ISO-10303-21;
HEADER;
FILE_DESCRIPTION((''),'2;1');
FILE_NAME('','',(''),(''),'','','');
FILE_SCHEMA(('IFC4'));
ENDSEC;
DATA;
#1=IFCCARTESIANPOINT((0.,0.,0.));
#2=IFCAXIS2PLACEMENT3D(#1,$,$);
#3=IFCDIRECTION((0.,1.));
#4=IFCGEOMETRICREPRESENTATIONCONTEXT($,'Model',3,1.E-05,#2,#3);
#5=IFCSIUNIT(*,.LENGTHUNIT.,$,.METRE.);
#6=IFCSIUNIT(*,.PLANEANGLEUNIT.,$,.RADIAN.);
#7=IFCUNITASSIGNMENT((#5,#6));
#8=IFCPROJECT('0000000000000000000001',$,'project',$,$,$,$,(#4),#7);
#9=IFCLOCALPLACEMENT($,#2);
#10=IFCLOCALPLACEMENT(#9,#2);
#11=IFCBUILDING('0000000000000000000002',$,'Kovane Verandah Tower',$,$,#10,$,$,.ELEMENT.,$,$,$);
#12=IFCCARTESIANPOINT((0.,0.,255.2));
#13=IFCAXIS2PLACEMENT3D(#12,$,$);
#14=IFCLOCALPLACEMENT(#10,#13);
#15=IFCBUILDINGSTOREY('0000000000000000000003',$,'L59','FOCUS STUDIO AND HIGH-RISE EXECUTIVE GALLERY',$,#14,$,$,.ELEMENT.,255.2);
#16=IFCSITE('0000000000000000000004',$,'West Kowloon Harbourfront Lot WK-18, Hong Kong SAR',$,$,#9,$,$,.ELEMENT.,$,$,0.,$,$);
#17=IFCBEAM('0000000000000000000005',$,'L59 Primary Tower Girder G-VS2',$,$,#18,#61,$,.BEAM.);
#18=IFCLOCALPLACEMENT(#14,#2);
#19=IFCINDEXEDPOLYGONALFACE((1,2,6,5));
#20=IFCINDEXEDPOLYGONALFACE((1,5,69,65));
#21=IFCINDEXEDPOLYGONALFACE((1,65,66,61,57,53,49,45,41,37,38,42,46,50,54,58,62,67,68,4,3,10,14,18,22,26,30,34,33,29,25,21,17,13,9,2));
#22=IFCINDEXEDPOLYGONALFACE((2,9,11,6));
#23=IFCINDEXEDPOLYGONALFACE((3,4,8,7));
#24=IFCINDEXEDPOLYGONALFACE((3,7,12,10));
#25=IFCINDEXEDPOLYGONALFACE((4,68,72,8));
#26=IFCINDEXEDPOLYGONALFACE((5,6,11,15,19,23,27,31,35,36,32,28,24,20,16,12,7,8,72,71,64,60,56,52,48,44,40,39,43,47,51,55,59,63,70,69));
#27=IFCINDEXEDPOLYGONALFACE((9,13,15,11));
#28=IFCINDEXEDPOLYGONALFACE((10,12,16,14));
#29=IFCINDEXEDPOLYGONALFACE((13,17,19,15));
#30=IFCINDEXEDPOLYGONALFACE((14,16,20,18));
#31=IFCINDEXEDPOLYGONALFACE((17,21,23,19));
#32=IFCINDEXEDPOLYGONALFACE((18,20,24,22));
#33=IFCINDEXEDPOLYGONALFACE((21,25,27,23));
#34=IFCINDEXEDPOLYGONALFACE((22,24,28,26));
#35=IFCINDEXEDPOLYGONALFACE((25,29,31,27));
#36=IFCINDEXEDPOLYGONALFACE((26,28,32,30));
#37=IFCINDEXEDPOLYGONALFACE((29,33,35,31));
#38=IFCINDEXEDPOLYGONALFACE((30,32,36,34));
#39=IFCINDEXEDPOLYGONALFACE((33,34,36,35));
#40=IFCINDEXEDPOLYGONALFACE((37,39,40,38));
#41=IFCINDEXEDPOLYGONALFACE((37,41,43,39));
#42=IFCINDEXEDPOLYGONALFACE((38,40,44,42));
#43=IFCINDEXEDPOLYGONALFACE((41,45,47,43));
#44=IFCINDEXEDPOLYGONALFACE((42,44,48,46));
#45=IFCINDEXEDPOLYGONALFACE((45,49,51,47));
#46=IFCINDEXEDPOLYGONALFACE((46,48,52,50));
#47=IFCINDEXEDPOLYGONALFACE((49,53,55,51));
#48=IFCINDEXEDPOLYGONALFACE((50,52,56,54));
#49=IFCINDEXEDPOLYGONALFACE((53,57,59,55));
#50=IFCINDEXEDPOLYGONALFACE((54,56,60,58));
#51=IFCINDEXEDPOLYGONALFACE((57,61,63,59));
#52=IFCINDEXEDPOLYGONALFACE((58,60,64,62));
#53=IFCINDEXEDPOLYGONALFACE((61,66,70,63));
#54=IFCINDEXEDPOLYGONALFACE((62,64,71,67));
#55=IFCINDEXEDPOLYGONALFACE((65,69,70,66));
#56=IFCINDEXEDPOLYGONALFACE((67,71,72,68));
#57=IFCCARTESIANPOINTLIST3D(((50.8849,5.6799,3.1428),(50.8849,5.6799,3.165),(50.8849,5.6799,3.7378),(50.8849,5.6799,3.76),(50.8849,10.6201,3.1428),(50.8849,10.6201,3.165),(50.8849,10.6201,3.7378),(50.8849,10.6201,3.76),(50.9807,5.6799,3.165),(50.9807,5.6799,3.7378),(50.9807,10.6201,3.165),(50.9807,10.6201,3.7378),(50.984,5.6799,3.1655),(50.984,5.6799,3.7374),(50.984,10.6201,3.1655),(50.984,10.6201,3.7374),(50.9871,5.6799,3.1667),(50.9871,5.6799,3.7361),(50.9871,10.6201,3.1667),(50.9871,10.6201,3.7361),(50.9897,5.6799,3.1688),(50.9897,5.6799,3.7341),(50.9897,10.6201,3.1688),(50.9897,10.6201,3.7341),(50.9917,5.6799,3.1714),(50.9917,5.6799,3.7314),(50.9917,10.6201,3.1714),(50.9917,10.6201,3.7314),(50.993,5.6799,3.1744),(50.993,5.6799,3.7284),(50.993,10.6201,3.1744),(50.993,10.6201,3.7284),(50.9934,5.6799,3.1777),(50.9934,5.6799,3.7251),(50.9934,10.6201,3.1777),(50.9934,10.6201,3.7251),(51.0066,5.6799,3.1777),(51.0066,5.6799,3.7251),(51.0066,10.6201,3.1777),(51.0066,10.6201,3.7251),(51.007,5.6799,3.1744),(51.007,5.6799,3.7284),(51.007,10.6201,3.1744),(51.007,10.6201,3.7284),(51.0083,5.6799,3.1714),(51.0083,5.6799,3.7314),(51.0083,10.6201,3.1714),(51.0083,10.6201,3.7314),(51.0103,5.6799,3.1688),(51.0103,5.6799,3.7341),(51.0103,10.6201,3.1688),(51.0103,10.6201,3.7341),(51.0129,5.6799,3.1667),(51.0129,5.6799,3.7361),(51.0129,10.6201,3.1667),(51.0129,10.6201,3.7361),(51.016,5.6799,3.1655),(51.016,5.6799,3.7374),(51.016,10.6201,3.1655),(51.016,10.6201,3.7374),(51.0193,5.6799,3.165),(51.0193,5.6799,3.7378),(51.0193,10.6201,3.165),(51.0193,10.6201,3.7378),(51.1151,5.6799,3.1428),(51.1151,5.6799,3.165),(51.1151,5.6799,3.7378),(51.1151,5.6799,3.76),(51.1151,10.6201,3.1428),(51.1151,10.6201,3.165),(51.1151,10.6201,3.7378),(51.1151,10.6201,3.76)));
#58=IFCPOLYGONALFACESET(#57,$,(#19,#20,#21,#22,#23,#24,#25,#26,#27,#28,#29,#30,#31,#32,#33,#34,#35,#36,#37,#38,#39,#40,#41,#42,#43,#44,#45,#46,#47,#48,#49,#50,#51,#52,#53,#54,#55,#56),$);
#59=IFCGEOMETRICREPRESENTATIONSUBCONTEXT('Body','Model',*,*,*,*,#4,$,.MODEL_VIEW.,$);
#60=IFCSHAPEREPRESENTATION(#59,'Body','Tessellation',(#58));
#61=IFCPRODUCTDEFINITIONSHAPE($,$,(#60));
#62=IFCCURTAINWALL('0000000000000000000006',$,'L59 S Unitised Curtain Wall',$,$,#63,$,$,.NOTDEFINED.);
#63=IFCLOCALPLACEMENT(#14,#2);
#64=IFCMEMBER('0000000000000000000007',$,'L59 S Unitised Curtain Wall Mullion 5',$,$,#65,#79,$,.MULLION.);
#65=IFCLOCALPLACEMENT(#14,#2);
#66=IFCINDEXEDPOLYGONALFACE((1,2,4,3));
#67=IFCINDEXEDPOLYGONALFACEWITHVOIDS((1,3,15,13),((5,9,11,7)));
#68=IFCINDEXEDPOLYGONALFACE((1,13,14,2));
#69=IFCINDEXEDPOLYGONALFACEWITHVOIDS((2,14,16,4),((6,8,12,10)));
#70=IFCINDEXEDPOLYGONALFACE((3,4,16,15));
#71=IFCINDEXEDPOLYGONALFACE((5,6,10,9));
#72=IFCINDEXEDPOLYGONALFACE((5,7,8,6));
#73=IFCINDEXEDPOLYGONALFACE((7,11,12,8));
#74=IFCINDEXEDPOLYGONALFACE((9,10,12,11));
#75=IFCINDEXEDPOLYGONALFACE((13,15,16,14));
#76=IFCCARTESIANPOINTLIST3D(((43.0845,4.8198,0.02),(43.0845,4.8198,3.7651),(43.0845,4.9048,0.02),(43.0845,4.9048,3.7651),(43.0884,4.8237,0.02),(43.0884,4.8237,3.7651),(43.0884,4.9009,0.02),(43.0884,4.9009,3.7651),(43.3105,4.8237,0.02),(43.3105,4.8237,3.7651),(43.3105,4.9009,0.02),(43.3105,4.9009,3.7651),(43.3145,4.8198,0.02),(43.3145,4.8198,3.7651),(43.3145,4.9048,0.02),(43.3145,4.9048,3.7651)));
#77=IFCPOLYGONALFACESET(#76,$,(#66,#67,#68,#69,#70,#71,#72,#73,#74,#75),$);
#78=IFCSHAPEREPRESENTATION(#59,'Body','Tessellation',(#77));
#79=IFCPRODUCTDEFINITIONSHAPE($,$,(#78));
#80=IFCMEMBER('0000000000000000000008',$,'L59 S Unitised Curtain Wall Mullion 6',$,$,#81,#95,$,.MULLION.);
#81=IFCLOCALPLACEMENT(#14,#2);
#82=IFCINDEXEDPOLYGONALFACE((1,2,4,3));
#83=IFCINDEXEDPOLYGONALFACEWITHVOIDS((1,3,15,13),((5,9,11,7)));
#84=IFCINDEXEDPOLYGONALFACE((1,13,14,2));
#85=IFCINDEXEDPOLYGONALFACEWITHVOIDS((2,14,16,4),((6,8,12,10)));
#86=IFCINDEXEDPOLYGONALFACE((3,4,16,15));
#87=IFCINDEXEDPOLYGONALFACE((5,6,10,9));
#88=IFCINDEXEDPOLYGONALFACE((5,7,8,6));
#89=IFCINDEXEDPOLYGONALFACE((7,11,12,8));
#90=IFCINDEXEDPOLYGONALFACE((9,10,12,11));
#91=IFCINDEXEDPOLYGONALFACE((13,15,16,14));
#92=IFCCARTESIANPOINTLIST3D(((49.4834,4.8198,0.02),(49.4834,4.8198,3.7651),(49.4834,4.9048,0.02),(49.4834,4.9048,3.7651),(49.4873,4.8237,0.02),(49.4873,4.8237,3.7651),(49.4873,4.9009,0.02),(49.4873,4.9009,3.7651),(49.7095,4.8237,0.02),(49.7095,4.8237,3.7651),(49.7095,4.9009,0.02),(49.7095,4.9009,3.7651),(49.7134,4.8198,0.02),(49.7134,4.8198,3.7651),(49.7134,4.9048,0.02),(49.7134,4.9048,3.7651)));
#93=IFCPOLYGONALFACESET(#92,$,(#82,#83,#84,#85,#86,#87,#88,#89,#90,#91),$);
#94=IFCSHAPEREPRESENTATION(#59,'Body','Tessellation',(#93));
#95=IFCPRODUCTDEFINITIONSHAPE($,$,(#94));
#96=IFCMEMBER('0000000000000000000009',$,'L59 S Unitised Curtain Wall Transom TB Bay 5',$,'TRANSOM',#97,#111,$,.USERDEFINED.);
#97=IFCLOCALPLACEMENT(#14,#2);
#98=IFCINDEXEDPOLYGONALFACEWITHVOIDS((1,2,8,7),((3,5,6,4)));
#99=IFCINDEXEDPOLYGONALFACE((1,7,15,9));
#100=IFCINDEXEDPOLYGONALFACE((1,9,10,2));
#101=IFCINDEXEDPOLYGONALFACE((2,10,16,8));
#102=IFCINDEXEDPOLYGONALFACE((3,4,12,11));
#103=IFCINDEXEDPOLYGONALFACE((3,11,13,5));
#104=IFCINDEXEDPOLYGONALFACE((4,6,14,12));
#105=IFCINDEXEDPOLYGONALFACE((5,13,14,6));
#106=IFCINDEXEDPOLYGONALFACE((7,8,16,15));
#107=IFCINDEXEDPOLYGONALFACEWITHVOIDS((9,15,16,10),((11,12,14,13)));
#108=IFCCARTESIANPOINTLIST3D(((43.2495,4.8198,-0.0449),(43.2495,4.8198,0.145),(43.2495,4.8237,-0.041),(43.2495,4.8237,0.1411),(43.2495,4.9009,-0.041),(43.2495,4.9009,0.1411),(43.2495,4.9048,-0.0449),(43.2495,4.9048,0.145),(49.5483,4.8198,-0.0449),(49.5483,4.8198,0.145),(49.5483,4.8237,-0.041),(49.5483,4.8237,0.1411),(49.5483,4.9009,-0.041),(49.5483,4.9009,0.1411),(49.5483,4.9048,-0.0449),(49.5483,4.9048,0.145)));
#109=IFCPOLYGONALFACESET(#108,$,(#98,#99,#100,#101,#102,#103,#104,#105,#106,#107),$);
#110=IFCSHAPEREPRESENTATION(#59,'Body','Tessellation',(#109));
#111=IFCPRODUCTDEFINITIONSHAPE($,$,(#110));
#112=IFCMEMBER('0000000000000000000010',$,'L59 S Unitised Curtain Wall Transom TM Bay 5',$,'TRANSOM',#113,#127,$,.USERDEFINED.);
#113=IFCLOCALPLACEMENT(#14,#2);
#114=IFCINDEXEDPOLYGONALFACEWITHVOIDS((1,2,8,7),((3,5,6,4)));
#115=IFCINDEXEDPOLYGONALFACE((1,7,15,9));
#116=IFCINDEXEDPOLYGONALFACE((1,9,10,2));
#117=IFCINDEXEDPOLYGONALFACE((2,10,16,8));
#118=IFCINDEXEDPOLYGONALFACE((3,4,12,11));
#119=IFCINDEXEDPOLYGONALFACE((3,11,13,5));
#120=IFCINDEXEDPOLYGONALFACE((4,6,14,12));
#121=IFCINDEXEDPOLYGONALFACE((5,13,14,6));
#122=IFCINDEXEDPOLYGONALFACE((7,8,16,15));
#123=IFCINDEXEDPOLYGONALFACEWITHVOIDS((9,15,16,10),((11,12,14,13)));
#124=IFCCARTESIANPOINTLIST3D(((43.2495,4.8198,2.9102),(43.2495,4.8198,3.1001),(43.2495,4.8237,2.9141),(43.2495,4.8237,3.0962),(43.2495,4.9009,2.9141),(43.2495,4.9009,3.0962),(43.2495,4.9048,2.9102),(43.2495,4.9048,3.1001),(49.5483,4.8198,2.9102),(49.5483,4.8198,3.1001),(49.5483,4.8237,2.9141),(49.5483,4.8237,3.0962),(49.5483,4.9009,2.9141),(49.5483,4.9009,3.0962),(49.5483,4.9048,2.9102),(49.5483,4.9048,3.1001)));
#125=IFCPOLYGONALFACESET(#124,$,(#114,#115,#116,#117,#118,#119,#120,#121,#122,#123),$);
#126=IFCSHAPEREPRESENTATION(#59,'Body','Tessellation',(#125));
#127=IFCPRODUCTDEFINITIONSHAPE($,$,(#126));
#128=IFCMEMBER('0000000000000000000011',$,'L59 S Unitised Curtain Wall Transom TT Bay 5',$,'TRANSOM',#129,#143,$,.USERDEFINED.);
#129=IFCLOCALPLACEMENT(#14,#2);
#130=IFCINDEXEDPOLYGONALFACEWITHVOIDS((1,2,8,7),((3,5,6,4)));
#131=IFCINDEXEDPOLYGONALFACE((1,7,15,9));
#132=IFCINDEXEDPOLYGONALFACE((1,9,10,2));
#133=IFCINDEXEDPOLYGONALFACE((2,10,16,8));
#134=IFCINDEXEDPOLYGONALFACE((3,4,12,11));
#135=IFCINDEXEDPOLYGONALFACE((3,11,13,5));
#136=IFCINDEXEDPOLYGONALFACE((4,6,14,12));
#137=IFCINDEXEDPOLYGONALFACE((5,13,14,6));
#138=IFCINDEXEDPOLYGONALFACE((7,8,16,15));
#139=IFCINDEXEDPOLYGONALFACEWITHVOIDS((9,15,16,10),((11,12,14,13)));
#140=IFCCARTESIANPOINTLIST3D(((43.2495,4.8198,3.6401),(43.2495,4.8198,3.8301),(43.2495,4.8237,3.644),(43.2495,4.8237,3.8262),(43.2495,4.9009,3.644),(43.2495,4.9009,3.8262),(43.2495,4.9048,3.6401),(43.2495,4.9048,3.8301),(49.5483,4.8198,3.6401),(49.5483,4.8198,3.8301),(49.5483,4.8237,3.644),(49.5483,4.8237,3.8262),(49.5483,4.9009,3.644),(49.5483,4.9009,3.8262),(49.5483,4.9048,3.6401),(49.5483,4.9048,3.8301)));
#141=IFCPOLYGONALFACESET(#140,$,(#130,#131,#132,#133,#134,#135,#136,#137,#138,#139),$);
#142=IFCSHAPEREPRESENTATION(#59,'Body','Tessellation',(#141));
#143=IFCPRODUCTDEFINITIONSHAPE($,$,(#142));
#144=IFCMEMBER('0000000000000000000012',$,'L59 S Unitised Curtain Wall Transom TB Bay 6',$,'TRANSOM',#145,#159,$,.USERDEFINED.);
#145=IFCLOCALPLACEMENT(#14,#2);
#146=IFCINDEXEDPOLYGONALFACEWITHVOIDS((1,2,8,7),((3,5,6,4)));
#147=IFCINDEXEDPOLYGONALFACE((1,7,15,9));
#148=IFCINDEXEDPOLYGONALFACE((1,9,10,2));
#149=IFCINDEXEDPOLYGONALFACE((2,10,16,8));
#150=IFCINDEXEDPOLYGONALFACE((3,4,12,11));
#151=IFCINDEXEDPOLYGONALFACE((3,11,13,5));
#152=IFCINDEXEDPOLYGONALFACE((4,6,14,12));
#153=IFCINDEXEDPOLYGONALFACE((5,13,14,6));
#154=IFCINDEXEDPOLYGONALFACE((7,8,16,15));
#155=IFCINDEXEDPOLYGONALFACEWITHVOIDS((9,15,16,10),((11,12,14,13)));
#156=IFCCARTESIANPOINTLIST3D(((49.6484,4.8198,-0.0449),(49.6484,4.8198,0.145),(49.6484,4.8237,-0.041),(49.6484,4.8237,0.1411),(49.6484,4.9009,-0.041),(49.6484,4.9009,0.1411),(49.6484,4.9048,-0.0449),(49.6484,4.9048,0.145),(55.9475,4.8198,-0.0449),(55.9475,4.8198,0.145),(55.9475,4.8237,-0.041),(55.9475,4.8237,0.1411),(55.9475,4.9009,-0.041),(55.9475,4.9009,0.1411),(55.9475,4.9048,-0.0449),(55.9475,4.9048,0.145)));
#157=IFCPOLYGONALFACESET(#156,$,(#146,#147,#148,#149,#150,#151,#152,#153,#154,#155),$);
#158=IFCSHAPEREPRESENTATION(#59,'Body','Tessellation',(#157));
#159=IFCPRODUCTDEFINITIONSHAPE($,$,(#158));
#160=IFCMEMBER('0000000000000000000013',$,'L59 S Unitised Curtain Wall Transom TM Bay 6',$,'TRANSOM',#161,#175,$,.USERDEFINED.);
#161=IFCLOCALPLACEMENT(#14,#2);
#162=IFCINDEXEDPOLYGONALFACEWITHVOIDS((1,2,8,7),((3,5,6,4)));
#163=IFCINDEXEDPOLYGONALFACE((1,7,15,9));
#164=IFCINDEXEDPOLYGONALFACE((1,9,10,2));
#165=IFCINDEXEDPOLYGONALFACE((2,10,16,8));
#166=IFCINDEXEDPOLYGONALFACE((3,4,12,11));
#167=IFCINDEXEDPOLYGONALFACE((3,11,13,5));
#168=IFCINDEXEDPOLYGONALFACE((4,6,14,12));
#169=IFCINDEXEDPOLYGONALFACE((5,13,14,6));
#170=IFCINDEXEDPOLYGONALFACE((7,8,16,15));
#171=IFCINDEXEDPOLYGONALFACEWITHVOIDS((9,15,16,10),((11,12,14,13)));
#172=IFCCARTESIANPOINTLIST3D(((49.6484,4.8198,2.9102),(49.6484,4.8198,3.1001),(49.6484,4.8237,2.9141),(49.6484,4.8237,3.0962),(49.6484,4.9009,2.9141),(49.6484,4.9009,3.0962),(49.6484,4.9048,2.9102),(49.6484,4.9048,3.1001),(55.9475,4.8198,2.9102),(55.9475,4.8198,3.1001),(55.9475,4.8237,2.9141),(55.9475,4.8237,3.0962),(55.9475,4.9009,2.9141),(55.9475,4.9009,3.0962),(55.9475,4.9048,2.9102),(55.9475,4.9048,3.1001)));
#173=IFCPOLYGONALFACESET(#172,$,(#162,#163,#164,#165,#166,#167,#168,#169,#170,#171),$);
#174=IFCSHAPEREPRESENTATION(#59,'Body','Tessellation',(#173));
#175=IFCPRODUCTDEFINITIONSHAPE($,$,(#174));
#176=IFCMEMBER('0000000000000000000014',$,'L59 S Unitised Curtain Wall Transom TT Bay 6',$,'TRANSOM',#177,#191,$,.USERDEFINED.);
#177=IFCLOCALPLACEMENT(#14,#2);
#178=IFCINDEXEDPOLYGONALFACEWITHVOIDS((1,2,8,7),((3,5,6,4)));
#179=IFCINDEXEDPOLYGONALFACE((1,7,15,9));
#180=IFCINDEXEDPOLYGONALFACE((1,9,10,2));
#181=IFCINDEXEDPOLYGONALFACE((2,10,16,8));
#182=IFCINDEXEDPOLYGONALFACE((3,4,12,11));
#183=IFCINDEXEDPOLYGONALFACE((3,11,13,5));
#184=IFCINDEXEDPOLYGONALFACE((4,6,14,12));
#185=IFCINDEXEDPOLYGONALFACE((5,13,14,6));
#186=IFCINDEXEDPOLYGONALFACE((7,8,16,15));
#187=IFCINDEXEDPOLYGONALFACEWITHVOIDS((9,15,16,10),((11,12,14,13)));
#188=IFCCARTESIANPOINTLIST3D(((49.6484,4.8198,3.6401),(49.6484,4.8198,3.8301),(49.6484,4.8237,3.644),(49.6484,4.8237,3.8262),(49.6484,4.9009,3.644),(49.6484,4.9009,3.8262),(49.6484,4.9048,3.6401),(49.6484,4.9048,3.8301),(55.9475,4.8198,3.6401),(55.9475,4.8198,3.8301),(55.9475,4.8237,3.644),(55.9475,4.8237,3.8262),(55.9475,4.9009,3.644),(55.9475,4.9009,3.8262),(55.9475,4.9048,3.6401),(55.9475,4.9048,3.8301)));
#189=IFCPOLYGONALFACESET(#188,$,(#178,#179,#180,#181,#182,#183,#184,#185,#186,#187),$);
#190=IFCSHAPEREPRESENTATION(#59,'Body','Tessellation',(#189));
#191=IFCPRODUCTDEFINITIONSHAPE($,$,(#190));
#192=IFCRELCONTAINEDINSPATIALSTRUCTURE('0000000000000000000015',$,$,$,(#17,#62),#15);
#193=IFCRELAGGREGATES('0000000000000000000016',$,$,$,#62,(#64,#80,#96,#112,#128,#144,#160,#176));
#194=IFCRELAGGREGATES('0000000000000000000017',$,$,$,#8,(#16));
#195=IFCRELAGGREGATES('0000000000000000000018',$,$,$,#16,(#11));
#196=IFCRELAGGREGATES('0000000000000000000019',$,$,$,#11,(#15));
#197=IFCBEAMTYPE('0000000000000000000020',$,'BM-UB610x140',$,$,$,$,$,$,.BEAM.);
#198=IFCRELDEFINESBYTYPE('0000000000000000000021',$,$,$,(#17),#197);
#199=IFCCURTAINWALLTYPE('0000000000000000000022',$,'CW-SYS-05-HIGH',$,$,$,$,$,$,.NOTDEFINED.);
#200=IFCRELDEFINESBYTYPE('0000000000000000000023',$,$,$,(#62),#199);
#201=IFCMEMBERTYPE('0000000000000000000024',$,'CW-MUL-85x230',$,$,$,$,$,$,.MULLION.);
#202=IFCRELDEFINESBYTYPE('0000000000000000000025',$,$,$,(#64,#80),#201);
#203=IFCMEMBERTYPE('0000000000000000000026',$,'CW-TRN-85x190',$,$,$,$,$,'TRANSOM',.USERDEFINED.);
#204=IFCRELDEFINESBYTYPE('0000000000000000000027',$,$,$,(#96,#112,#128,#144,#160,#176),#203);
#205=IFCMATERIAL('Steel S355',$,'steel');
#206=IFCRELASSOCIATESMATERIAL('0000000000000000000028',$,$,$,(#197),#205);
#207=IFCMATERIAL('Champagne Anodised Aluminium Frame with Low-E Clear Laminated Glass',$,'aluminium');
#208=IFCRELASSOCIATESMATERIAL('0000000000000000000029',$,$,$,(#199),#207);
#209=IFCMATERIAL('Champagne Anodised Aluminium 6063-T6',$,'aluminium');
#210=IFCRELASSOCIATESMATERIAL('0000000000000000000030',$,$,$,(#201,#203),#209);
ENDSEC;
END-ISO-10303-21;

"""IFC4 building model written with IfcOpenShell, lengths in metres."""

from ifc_helpers import new_model, si_unit, direction, frame, origin, origin_2d, place, context, subcontext, project, spatial, hollow_rectangle, i_section, extrude, material, material_profile, profile_set, type_object, element, aggregate, save


model = new_model("IFC4")

# Units and contexts
model_context = context("Model", 3, precision=1e-05, world=origin(), true_north=direction((0.0, 1.0)))
body_context = subcontext(model_context, "Body", "Model", "MODEL_VIEW")
ifc_project = project(units=[si_unit("LENGTHUNIT", "METRE"), si_unit("PLANEANGLEUNIT", "RADIAN")], contexts=[model_context])

# Site, building, storey
site_placement = place(None, origin())
site = spatial("IfcSite", under=ifc_project, at=site_placement, Name="West Kowloon Harbourfront Lot WK-18, Hong Kong SAR", CompositionType="ELEMENT", RefElevation=0.0)
building_placement = place(site_placement, origin())
building = spatial("IfcBuilding", under=site, at=building_placement, Name="Kovane Verandah Tower", CompositionType="ELEMENT")
storey_placement = place(building_placement, frame((0.0, 0.0, 255.2)))
storey = spatial("IfcBuildingStorey", under=building, at=storey_placement, Name="L59", Description="FOCUS STUDIO AND HIGH-RISE EXECUTIVE GALLERY", CompositionType="ELEMENT", Elevation=255.2)

# Beam
ifc_material_1 = material(Name="Steel S355", Category="steel")
ifc_material_profile_1 = material_profile(ifc_material_1, i_section(OverallWidth=0.2302, OverallDepth=0.6172, WebThickness=0.0132, FlangeThickness=0.0222, FilletRadius=0.0127, at=origin_2d()), Name="UB610x229x140")
ifc_profile_set_1 = profile_set([ifc_material_profile_1], Name="Steel S355")
beam_type_1 = type_object("IfcBeamType", Name="BM-UB610x140", PredefinedType="BEAM", material=ifc_profile_set_1)
beam_1_placement = place(storey_placement, frame((51.0, 10.6201, 3.4514), z_axis=(0.0, -1.0, 0.0), x_axis=(1.0, 0.0, 0.0)))
element("IfcBeam", 1, at=beam_1_placement, inside=storey, type_object=beam_type_1, Name="L59 Primary Tower Girder G-VS2", PredefinedType="BEAM", context=body_context, shape_type="SweptSolid", body=[
    extrude(i_section(OverallWidth=0.2302, OverallDepth=0.6172, WebThickness=0.0132, FlangeThickness=0.0222, FilletRadius=0.0127, at=origin_2d()), origin(), (0.0, 0.0, 1.0), 4.9402),
])

# Curtain wall, members
ifc_material_2 = material(Name="Champagne Anodised Aluminium Frame with Low-E Clear Laminated Glass", Category="aluminium")
curtain_wall_type = type_object("IfcCurtainWallType", Name="CW-SYS-05-HIGH", PredefinedType="NOTDEFINED", material=ifc_material_2)
curtain_wall_placement = place(storey_placement, origin())
curtain_wall = element("IfcCurtainWall", 2, at=curtain_wall_placement, inside=storey, type_object=curtain_wall_type, Name="L59 S Unitised Curtain Wall", PredefinedType="NOTDEFINED")
ifc_material_3 = material(Name="Champagne Anodised Aluminium 6063-T6", Category="aluminium")
ifc_material_profile_2 = material_profile(ifc_material_3, hollow_rectangle(XDim=0.085, YDim=0.23, WallThickness=0.0039, at=origin_2d()), Name="AL85x230x4")
ifc_profile_set_2 = profile_set([ifc_material_profile_2], Name="Champagne Anodised Aluminium 6063-T6")
member_type_1 = type_object("IfcMemberType", Name="CW-MUL-85x230", PredefinedType="MULLION", material=ifc_profile_set_2)
member_1_placement = place(storey_placement, frame((43.1995, 4.8623, 0.02), z_axis=(0.0, 0.0, 1.0), x_axis=(0.0, -1.0, 0.0)))
member_1 = element("IfcMember", 3, at=member_1_placement, type_object=member_type_1, Name="L59 S Unitised Curtain Wall Mullion 5", PredefinedType="MULLION", context=body_context, shape_type="SweptSolid", body=[
    extrude(hollow_rectangle(XDim=0.085, YDim=0.23, WallThickness=0.0039, at=origin_2d()), origin(), (0.0, 0.0, 1.0), 3.7451),
])
member_2_placement = place(storey_placement, frame((49.5984, 4.8623, 0.02), z_axis=(0.0, 0.0, 1.0), x_axis=(0.0, -1.0, 0.0)))
member_2 = element("IfcMember", 4, at=member_2_placement, type_object=member_type_1, Name="L59 S Unitised Curtain Wall Mullion 6", PredefinedType="MULLION", context=body_context, shape_type="SweptSolid", body=[
    extrude(hollow_rectangle(XDim=0.085, YDim=0.23, WallThickness=0.0039, at=origin_2d()), origin(), (0.0, 0.0, 1.0), 3.7451),
])
ifc_material_profile_3 = material_profile(ifc_material_3, hollow_rectangle(XDim=0.085, YDim=0.1899, WallThickness=0.0039, at=origin_2d()), Name="AL85x190x4")
ifc_profile_set_3 = profile_set([ifc_material_profile_3], Name="Champagne Anodised Aluminium 6063-T6")
member_type_2 = type_object("IfcMemberType", Name="CW-TRN-85x190", ElementType="TRANSOM", PredefinedType="USERDEFINED", material=ifc_profile_set_3)
member_3_placement = place(storey_placement, frame((43.2495, 4.8623, 0.05), z_axis=(1.0, 0.0, 0.0), x_axis=(0.0, 1.0, 0.0)))
member_3 = element("IfcMember", 5, at=member_3_placement, type_object=member_type_2, Name="L59 S Unitised Curtain Wall Transom TB Bay 5", ObjectType="TRANSOM", PredefinedType="USERDEFINED", context=body_context, shape_type="SweptSolid", body=[
    extrude(hollow_rectangle(XDim=0.085, YDim=0.1899, WallThickness=0.0039, at=origin_2d()), origin(), (0.0, 0.0, 1.0), 6.2988),
])
member_4_placement = place(storey_placement, frame((43.2495, 4.8623, 3.0051), z_axis=(1.0, 0.0, 0.0), x_axis=(0.0, 1.0, 0.0)))
member_4 = element("IfcMember", 6, at=member_4_placement, type_object=member_type_2, Name="L59 S Unitised Curtain Wall Transom TM Bay 5", ObjectType="TRANSOM", PredefinedType="USERDEFINED", context=body_context, shape_type="SweptSolid", body=[
    extrude(hollow_rectangle(XDim=0.085, YDim=0.1899, WallThickness=0.0039, at=origin_2d()), origin(), (0.0, 0.0, 1.0), 6.2988),
])
member_5_placement = place(storey_placement, frame((43.2495, 4.8623, 3.7351), z_axis=(1.0, 0.0, 0.0), x_axis=(0.0, 1.0, 0.0)))
member_5 = element("IfcMember", 7, at=member_5_placement, type_object=member_type_2, Name="L59 S Unitised Curtain Wall Transom TT Bay 5", ObjectType="TRANSOM", PredefinedType="USERDEFINED", context=body_context, shape_type="SweptSolid", body=[
    extrude(hollow_rectangle(XDim=0.085, YDim=0.1899, WallThickness=0.0039, at=origin_2d()), origin(), (0.0, 0.0, 1.0), 6.2988),
])
member_6_placement = place(storey_placement, frame((49.6484, 4.8623, 0.05), z_axis=(1.0, 0.0, 0.0), x_axis=(0.0, 1.0, 0.0)))
member_6 = element("IfcMember", 8, at=member_6_placement, type_object=member_type_2, Name="L59 S Unitised Curtain Wall Transom TB Bay 6", ObjectType="TRANSOM", PredefinedType="USERDEFINED", context=body_context, shape_type="SweptSolid", body=[
    extrude(hollow_rectangle(XDim=0.085, YDim=0.1899, WallThickness=0.0039, at=origin_2d()), origin(), (0.0, 0.0, 1.0), 6.2991),
])
member_7_placement = place(storey_placement, frame((49.6484, 4.8623, 3.0051), z_axis=(1.0, 0.0, 0.0), x_axis=(0.0, 1.0, 0.0)))
member_7 = element("IfcMember", 9, at=member_7_placement, type_object=member_type_2, Name="L59 S Unitised Curtain Wall Transom TM Bay 6", ObjectType="TRANSOM", PredefinedType="USERDEFINED", context=body_context, shape_type="SweptSolid", body=[
    extrude(hollow_rectangle(XDim=0.085, YDim=0.1899, WallThickness=0.0039, at=origin_2d()), origin(), (0.0, 0.0, 1.0), 6.2991),
])
member_8_placement = place(storey_placement, frame((49.6484, 4.8623, 3.7351), z_axis=(1.0, 0.0, 0.0), x_axis=(0.0, 1.0, 0.0)))
member_8 = element("IfcMember", 10, at=member_8_placement, type_object=member_type_2, Name="L59 S Unitised Curtain Wall Transom TT Bay 6", ObjectType="TRANSOM", PredefinedType="USERDEFINED", context=body_context, shape_type="SweptSolid", body=[
    extrude(hollow_rectangle(XDim=0.085, YDim=0.1899, WallThickness=0.0039, at=origin_2d()), origin(), (0.0, 0.0, 1.0), 6.2991),
])

aggregate(curtain_wall, [member_1, member_2, member_3, member_4, member_5, member_6, member_7, member_8])

save(model, "model.ifc")
